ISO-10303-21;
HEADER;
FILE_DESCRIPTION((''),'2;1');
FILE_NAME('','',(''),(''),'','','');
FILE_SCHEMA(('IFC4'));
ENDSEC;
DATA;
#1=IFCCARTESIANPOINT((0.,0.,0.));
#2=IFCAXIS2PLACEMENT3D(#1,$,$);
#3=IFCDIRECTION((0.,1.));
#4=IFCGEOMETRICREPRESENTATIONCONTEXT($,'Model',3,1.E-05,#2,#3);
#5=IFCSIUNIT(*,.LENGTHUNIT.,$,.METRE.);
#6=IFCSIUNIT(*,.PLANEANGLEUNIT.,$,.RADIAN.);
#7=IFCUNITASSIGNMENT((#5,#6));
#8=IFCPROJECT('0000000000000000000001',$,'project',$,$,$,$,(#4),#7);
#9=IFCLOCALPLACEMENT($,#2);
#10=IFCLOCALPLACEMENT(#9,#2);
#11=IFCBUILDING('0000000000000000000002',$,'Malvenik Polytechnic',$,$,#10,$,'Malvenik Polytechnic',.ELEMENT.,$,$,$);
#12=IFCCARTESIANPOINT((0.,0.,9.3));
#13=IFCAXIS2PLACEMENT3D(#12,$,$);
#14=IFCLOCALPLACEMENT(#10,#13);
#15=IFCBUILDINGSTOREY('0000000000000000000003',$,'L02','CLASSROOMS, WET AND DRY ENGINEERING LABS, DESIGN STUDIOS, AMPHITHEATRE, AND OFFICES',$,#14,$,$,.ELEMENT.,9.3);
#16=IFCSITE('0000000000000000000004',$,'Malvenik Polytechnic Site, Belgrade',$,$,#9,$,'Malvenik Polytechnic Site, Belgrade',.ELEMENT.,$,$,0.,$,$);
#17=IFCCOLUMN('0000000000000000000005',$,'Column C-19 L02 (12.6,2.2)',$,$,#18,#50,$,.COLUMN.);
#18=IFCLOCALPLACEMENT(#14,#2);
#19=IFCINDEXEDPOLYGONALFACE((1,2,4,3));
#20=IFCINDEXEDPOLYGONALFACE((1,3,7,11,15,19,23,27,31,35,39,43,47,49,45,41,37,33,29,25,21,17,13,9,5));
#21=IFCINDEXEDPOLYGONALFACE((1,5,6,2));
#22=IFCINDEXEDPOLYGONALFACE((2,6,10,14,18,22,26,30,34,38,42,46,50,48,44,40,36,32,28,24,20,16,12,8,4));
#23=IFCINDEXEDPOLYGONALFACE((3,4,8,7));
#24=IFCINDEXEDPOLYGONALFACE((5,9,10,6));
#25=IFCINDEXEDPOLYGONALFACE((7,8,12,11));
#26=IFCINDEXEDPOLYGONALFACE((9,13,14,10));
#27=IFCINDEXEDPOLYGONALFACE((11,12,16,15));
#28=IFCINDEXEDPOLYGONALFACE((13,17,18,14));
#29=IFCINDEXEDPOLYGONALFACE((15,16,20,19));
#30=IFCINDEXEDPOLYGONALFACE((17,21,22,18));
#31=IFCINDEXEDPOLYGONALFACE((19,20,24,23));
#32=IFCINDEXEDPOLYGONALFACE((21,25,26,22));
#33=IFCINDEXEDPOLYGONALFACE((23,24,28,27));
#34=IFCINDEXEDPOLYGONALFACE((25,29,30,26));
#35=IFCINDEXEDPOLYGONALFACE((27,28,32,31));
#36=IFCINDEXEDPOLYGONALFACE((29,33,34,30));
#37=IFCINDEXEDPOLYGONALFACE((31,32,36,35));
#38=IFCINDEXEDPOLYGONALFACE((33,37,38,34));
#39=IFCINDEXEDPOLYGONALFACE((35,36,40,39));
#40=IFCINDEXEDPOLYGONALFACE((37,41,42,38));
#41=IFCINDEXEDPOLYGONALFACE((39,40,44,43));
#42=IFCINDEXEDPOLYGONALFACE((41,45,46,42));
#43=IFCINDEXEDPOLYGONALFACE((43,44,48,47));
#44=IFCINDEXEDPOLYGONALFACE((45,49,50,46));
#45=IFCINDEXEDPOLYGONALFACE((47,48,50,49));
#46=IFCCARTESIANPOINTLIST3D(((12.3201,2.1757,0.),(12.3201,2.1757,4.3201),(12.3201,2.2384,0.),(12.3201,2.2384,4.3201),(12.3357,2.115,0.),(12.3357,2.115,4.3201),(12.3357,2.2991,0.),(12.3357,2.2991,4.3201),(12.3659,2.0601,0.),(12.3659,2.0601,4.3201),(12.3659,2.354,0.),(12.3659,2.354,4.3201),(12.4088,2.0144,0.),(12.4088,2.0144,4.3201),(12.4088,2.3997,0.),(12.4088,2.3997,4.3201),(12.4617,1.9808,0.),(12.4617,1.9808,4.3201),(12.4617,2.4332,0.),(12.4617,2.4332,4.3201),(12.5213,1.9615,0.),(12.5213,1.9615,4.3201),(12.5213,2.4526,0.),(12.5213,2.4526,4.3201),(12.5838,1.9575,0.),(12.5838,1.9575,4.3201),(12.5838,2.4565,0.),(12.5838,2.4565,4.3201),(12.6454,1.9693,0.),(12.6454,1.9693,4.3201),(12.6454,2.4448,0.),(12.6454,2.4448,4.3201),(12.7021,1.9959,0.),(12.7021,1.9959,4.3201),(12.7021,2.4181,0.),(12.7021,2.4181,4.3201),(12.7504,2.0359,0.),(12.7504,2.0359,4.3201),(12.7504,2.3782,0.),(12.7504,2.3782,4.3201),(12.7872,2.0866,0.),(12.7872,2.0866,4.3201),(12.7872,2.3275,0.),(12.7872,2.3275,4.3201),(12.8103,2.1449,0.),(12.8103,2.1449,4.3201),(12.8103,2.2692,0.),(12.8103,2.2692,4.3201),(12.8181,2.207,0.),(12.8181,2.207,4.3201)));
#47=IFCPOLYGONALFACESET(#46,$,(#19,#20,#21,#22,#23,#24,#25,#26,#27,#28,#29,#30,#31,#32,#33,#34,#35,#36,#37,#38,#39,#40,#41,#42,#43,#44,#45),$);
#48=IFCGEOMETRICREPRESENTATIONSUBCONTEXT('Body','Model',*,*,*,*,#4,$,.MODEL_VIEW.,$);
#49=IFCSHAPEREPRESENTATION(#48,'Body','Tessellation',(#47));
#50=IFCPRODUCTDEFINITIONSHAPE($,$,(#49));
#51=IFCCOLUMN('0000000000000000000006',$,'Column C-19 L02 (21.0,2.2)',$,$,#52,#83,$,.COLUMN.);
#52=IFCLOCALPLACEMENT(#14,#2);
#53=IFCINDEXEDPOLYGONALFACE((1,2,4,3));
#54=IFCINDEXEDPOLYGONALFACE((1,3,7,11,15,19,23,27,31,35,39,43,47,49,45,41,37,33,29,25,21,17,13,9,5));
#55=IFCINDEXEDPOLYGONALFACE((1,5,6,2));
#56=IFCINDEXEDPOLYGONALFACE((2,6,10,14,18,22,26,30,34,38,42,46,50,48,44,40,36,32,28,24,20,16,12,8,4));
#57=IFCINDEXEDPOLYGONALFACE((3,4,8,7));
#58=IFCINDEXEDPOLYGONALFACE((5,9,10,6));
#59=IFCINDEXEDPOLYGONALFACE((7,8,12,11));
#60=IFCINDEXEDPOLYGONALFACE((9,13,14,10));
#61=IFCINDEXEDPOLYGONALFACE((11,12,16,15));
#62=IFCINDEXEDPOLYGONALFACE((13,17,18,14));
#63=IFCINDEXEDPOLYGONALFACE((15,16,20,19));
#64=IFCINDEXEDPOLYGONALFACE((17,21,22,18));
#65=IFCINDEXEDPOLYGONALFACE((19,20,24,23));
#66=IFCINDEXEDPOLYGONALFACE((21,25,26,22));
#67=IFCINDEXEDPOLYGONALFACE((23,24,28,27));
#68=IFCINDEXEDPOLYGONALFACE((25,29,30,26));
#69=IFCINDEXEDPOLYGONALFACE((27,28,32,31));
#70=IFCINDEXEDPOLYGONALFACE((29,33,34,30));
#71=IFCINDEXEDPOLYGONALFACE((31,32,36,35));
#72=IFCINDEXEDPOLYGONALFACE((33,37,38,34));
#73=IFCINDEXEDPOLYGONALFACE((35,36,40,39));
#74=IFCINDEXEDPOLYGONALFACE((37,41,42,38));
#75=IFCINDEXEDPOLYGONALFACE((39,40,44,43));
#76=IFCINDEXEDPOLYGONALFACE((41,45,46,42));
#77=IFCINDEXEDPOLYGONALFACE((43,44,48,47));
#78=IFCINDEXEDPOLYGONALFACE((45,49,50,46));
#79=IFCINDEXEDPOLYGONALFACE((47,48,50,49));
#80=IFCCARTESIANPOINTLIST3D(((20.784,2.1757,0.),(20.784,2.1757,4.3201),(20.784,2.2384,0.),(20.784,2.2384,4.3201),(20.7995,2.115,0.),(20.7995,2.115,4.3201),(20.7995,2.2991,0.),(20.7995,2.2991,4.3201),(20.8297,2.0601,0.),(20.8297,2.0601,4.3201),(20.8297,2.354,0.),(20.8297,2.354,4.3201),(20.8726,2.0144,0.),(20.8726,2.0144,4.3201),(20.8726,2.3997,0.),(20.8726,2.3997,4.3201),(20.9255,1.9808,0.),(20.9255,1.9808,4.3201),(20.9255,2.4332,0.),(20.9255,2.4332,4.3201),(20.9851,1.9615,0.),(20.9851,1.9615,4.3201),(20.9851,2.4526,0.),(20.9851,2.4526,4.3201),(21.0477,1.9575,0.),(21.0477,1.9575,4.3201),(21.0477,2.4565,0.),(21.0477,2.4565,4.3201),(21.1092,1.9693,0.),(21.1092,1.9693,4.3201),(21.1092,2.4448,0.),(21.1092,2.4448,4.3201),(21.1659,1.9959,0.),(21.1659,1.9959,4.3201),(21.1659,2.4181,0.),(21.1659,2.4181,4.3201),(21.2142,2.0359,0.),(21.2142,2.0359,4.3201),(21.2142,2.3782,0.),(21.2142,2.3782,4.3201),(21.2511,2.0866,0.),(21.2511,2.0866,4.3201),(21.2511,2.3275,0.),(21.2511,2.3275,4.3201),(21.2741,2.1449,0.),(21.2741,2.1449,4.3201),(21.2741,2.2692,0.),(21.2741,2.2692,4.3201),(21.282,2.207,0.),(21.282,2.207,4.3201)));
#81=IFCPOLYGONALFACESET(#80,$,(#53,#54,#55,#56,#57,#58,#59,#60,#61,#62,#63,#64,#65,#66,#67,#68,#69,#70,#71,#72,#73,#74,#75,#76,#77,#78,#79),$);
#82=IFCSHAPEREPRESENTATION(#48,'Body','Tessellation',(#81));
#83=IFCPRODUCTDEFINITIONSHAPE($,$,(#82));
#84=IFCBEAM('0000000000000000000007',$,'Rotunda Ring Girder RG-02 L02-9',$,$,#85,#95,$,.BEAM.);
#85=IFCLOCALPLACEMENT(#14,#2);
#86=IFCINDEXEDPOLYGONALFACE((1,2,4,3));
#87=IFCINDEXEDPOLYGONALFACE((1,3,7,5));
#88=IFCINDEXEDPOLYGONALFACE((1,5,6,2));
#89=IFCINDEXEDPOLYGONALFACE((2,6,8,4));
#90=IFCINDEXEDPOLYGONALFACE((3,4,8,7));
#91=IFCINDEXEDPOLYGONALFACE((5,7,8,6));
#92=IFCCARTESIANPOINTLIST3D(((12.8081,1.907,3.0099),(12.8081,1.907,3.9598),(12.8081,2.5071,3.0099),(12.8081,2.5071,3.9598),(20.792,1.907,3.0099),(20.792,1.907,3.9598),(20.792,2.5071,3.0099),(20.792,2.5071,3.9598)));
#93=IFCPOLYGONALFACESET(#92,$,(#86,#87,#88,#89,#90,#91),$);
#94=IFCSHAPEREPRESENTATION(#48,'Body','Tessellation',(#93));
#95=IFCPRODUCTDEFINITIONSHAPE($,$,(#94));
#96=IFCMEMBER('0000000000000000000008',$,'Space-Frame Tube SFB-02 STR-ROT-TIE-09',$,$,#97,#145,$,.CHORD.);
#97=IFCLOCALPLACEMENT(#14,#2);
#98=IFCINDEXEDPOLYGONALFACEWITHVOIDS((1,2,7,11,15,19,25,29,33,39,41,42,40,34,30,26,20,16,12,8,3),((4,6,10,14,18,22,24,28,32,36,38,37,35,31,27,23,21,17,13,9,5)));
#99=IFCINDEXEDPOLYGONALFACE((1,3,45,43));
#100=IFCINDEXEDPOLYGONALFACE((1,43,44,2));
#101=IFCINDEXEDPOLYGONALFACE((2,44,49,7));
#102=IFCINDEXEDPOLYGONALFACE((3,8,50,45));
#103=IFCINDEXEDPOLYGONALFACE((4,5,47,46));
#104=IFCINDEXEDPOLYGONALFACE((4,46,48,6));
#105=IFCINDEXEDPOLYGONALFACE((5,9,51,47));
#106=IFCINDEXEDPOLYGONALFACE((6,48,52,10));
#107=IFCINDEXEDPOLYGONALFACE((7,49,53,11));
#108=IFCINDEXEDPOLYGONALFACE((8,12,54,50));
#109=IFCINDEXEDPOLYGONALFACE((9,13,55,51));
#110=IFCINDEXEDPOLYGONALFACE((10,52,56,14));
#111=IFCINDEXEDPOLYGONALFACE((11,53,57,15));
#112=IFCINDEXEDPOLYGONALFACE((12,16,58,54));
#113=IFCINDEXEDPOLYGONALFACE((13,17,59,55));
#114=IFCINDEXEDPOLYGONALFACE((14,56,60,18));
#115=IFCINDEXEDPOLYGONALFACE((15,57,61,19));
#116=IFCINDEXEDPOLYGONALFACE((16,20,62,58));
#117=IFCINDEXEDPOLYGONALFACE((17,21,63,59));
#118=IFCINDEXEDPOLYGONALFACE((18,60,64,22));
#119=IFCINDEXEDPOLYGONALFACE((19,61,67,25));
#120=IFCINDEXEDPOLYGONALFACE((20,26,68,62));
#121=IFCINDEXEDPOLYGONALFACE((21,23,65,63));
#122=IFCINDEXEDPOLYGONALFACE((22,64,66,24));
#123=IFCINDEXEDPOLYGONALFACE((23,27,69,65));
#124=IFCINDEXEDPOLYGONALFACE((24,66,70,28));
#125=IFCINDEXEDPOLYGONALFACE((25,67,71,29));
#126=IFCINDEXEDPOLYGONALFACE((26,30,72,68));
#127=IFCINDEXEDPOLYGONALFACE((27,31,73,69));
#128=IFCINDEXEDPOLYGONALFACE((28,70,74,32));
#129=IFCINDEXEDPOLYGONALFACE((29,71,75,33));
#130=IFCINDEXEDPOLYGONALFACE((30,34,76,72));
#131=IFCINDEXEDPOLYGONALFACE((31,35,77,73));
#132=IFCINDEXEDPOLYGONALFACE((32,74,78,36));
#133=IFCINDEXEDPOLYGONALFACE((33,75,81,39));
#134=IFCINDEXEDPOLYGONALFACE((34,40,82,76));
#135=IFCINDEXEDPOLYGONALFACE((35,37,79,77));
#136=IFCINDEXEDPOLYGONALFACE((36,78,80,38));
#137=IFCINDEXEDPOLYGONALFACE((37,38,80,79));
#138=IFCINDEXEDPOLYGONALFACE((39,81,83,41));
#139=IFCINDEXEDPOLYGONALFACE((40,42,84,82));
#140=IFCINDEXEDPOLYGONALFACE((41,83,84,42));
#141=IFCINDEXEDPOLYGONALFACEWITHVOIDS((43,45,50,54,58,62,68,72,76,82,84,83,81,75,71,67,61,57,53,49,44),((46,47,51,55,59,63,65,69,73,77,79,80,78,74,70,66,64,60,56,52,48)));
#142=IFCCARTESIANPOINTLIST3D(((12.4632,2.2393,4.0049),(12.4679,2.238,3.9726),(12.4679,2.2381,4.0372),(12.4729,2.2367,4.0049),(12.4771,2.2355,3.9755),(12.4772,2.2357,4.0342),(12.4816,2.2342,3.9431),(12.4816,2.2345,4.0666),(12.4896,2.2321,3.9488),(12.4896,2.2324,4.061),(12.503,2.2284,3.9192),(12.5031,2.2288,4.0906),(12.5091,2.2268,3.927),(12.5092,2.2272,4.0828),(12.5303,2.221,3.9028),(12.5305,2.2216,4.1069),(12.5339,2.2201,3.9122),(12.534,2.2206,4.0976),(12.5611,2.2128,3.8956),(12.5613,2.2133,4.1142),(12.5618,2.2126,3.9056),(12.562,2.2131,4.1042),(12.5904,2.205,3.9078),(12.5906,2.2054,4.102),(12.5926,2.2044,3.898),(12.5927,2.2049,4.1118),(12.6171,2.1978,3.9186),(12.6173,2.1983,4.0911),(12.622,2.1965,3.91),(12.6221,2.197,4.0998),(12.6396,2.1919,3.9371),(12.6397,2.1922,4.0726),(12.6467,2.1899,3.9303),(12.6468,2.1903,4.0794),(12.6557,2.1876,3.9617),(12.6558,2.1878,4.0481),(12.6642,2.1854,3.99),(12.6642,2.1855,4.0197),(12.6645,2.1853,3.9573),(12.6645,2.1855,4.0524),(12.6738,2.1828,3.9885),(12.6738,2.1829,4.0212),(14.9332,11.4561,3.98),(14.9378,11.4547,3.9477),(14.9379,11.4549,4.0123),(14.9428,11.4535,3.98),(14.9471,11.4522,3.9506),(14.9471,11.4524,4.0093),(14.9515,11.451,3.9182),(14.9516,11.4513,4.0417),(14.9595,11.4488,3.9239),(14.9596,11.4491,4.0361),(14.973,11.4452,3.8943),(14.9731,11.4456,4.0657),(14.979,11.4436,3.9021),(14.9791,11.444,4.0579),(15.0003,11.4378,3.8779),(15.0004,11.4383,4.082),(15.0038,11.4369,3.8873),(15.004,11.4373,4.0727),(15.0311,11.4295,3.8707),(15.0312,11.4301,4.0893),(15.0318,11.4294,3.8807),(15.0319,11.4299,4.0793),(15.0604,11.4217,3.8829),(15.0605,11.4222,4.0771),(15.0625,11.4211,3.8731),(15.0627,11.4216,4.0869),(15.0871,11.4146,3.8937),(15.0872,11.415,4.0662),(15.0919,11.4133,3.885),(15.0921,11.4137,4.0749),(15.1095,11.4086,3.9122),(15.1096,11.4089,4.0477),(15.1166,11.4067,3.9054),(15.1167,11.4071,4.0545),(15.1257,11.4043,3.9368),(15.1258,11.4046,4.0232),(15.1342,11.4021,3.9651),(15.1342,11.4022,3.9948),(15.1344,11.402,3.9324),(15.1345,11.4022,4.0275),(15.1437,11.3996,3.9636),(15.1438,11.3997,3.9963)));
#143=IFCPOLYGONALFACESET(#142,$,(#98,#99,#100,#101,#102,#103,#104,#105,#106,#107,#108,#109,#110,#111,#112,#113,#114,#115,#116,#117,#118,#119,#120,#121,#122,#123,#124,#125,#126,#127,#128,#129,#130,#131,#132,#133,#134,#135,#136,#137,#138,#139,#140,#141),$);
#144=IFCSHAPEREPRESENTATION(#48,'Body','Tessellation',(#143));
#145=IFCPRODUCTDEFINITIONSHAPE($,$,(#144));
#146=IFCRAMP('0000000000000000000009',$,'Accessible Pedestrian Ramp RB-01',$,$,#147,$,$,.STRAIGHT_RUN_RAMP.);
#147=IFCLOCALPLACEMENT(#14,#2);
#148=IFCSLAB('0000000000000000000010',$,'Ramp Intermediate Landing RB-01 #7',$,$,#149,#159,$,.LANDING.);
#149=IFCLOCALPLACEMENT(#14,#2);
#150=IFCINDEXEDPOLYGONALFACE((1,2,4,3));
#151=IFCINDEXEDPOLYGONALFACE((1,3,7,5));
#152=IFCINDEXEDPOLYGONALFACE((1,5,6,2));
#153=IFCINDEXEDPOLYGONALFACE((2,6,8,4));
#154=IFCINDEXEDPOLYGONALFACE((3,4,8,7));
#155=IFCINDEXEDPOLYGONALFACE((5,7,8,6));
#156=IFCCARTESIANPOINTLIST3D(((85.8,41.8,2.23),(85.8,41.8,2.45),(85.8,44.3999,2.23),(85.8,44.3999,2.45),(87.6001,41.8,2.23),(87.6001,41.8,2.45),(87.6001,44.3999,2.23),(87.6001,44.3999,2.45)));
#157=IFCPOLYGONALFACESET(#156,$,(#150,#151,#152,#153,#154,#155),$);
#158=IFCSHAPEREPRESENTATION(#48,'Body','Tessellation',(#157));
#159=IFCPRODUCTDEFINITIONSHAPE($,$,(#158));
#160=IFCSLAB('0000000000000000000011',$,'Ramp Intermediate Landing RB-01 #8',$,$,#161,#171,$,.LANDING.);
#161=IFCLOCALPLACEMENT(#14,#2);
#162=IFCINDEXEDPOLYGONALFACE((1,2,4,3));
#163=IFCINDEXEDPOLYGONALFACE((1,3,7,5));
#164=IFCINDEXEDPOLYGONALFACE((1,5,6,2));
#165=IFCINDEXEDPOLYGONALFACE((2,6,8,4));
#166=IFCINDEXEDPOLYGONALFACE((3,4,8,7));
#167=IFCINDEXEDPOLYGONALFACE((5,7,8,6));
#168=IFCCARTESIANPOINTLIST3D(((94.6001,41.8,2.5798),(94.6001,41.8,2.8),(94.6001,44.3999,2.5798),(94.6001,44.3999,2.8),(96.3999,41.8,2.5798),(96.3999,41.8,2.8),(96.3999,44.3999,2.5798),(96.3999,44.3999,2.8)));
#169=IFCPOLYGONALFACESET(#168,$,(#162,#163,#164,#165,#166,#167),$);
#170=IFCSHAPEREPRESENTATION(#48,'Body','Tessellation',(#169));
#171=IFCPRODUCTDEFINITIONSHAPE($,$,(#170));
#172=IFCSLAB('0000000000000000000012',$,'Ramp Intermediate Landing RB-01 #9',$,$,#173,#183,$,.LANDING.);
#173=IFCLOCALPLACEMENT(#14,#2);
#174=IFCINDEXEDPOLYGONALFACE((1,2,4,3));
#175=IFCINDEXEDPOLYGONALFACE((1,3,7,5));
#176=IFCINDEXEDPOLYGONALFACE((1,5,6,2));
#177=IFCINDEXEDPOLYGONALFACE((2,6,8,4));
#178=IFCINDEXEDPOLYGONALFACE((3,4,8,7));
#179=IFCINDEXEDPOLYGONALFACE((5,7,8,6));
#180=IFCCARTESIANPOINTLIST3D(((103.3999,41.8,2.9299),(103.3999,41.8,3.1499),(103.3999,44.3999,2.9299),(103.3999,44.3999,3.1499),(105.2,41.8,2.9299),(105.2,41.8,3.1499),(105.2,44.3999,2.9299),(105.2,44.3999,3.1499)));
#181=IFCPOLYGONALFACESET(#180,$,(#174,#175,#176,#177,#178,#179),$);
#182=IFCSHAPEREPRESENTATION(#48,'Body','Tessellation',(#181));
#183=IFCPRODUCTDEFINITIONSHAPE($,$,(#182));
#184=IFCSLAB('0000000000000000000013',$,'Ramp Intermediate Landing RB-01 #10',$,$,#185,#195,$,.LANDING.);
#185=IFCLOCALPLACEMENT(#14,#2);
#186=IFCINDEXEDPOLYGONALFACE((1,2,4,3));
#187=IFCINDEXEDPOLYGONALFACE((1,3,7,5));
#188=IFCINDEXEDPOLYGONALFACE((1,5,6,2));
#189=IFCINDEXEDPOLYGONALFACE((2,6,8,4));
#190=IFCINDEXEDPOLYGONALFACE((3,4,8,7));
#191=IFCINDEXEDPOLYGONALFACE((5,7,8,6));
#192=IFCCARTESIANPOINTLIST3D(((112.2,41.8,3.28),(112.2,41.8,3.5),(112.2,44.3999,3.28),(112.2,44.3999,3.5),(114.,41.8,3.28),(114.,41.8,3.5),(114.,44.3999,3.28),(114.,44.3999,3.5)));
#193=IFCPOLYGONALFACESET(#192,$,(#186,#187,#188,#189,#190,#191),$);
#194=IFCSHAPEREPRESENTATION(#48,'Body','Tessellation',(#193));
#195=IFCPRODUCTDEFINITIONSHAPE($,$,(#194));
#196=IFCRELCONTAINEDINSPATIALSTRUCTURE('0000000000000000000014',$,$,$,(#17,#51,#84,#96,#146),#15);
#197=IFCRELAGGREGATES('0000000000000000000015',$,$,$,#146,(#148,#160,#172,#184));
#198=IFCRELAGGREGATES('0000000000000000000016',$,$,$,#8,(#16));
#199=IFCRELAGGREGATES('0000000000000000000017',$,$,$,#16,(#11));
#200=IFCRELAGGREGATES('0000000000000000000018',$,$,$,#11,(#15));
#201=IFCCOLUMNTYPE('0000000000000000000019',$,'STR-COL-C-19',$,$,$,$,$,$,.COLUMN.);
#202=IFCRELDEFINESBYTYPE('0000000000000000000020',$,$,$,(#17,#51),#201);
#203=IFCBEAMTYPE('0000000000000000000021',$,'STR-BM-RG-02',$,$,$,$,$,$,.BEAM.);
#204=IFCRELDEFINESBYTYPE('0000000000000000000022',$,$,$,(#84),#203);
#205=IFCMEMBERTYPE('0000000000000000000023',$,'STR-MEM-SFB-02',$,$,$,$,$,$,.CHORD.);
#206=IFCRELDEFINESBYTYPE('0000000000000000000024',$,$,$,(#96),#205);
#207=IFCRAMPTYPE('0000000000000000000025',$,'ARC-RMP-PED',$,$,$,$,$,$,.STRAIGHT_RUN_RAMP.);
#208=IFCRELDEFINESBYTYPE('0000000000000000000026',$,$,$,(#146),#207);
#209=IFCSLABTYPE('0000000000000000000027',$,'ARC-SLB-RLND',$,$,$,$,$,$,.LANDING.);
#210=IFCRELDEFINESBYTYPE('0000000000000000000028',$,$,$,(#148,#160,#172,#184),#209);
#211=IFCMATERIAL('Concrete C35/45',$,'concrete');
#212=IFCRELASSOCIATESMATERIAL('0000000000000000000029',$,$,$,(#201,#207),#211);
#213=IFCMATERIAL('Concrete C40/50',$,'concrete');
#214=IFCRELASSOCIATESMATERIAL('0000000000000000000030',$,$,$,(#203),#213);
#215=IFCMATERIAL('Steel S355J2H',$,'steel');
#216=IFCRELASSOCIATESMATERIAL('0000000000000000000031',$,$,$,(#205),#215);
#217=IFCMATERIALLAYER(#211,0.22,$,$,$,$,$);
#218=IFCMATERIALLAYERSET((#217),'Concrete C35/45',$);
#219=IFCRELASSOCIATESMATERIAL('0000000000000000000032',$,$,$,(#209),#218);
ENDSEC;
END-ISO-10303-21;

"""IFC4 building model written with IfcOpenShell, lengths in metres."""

from ifc_helpers import new_model, si_unit, direction, frame, origin, origin_2d, place, context, subcontext, project, spatial, polyline, rectangle, circle, hollow_circle, outline, extrude, material, layer, layer_set, material_profile, profile_set, type_object, element, aggregate, save


model = new_model("IFC4")

# Units and contexts
model_context = context("Model", 3, precision=1e-05, world=origin(), true_north=direction((0.0, 1.0)))
body_context = subcontext(model_context, "Body", "Model", "MODEL_VIEW")
ifc_project = project(units=[si_unit("LENGTHUNIT", "METRE"), si_unit("PLANEANGLEUNIT", "RADIAN")], contexts=[model_context])

# Site, building, storey
site_placement = place(None, origin())
site = spatial("IfcSite", under=ifc_project, at=site_placement, Name="Malvenik Polytechnic Site, Belgrade", LongName="Malvenik Polytechnic Site, Belgrade", CompositionType="ELEMENT", RefElevation=0.0)
building_placement = place(site_placement, origin())
building = spatial("IfcBuilding", under=site, at=building_placement, Name="Malvenik Polytechnic", LongName="Malvenik Polytechnic", CompositionType="ELEMENT")
storey_placement = place(building_placement, frame((0.0, 0.0, 9.3)))
storey = spatial("IfcBuildingStorey", under=building, at=storey_placement, Name="L02", Description="CLASSROOMS, WET AND DRY ENGINEERING LABS, DESIGN STUDIOS, AMPHITHEATRE, AND OFFICES", CompositionType="ELEMENT", Elevation=9.3)

# Columns
ifc_material_1 = material(Name="Concrete C35/45", Category="concrete")
ifc_material_profile_1 = material_profile(ifc_material_1, circle(Radius=0.25, at=origin_2d()), Name="RC COL D500")
ifc_profile_set_1 = profile_set([ifc_material_profile_1], Name="Concrete C35/45")
column_type = type_object("IfcColumnType", Name="STR-COL-C-19", PredefinedType="COLUMN", material=ifc_profile_set_1)
for number, where, z_axis, x_axis, name in (
    (1, (12.5681, 2.207, 0.0), (0.0, 0.0, 1.0), (1.0, 0.0, 0.0), "Column C-19 L02 (12.6,2.2)"),
    (2, (21.032, 2.207, 0.0), (0.0, 0.0, 1.0), (1.0, 0.0, 0.0), "Column C-19 L02 (21.0,2.2)"),
):
    element("IfcColumn", number, at=place(storey_placement, frame(where, z_axis=z_axis, x_axis=x_axis)), inside=storey, type_object=column_type, Name=name, PredefinedType="COLUMN", context=body_context, shape_type="SweptSolid", body=[
        extrude(circle(Radius=0.25, at=origin_2d()), origin(), (0.0, 0.0, 1.0), 4.3201),
    ])

# Beam
ifc_material_2 = material(Name="Concrete C40/50", Category="concrete")
ifc_material_profile_2 = material_profile(ifc_material_2, rectangle(XDim=0.6001, YDim=0.95, at=origin_2d()), Name="RC RG 600x950")
ifc_profile_set_2 = profile_set([ifc_material_profile_2], Name="Concrete C40/50")
beam_type = type_object("IfcBeamType", Name="STR-BM-RG-02", PredefinedType="BEAM", material=ifc_profile_set_2)
beam_placement = place(storey_placement, frame((12.8081, 2.207, 3.4849), z_axis=(1.0, 0.0, 0.0), x_axis=(0.0, 1.0, 0.0)))
element("IfcBeam", 3, at=beam_placement, inside=storey, type_object=beam_type, Name="Rotunda Ring Girder RG-02 L02-9", PredefinedType="BEAM", context=body_context, shape_type="SweptSolid", body=[
    extrude(rectangle(XDim=0.6001, YDim=0.95, at=origin_2d()), origin(), (0.0, 0.0, 1.0), 7.9839),
])

# Member
ifc_material_3 = material(Name="Steel S355J2H", Category="steel")
ifc_material_profile_3 = material_profile(ifc_material_3, hollow_circle(Radius=0.1096, WallThickness=0.01, at=origin_2d()), Name="CHS 219.1x10.0")
ifc_profile_set_3 = profile_set([ifc_material_profile_3], Name="Steel S355J2H")
member_type = type_object("IfcMemberType", Name="STR-MEM-SFB-02", PredefinedType="CHORD", material=ifc_profile_set_3)
member_placement = place(storey_placement, frame((12.5691, 2.2109, 4.0049), z_axis=(0.258851, 0.965914, -0.00261), x_axis=(-0.965917, 0.258852, 0.0)))
element("IfcMember", 4, at=member_placement, inside=storey, type_object=member_type, Name="Space-Frame Tube SFB-02 STR-ROT-TIE-09", PredefinedType="CHORD", context=body_context, shape_type="SweptSolid", body=[
    extrude(hollow_circle(Radius=0.1096, WallThickness=0.01, at=origin_2d()), origin(), (0.0, 0.0, 1.0), 9.542),
])

# Ramp, slabs
ramp_type = type_object("IfcRampType", Name="ARC-RMP-PED", PredefinedType="STRAIGHT_RUN_RAMP", material=ifc_material_1)
ramp_placement = place(storey_placement, origin())
ramp = element("IfcRamp", 5, at=ramp_placement, inside=storey, type_object=ramp_type, Name="Accessible Pedestrian Ramp RB-01", PredefinedType="STRAIGHT_RUN_RAMP")
ifc_layer_1 = layer(ifc_material_1, 0.22)
ifc_layer_set_1 = layer_set([ifc_layer_1], Name="Concrete C35/45")
slab_type_1 = type_object("IfcSlabType", Name="ARC-SLB-RLND", PredefinedType="LANDING", material=ifc_layer_set_1)
slab_1_placement = place(storey_placement, frame((0.0, 0.0, 2.23)))
slab_1 = element("IfcSlab", 6, at=slab_1_placement, type_object=slab_type_1, Name="Ramp Intermediate Landing RB-01 #7", PredefinedType="LANDING", context=body_context, shape_type="SweptSolid", body=[
    extrude(outline(polyline([(85.8, 41.8), (87.6001, 41.8), (87.6001, 44.3999), (85.8, 44.3999), (85.8, 41.8)])), origin(), (0.0, 0.0, 1.0), 0.22),
])
slab_2_placement = place(storey_placement, frame((0.0, 0.0, 2.5798)))
slab_2 = element("IfcSlab", 7, at=slab_2_placement, type_object=slab_type_1, Name="Ramp Intermediate Landing RB-01 #8", PredefinedType="LANDING", context=body_context, shape_type="SweptSolid", body=[
    extrude(outline(polyline([(94.6001, 41.8), (96.3999, 41.8), (96.3999, 44.3999), (94.6001, 44.3999), (94.6001, 41.8)])), origin(), (0.0, 0.0, 1.0), 0.2202),
])
slab_3_placement = place(storey_placement, frame((0.0, 0.0, 2.9299)))
slab_3 = element("IfcSlab", 8, at=slab_3_placement, type_object=slab_type_1, Name="Ramp Intermediate Landing RB-01 #9", PredefinedType="LANDING", context=body_context, shape_type="SweptSolid", body=[
    extrude(outline(polyline([(103.3999, 41.8), (105.2, 41.8), (105.2, 44.3999), (103.3999, 44.3999), (103.3999, 41.8)])), origin(), (0.0, 0.0, 1.0), 0.22),
])
slab_4_placement = place(storey_placement, frame((0.0, 0.0, 3.28)))
slab_4 = element("IfcSlab", 9, at=slab_4_placement, type_object=slab_type_1, Name="Ramp Intermediate Landing RB-01 #10", PredefinedType="LANDING", context=body_context, shape_type="SweptSolid", body=[
    extrude(outline(polyline([(112.2, 41.8), (114.0, 41.8), (114.0, 44.3999), (112.2, 44.3999), (112.2, 41.8)])), origin(), (0.0, 0.0, 1.0), 0.22),
])
aggregate(ramp, [slab_1, slab_2, slab_3, slab_4])

save(model, "model.ifc")
